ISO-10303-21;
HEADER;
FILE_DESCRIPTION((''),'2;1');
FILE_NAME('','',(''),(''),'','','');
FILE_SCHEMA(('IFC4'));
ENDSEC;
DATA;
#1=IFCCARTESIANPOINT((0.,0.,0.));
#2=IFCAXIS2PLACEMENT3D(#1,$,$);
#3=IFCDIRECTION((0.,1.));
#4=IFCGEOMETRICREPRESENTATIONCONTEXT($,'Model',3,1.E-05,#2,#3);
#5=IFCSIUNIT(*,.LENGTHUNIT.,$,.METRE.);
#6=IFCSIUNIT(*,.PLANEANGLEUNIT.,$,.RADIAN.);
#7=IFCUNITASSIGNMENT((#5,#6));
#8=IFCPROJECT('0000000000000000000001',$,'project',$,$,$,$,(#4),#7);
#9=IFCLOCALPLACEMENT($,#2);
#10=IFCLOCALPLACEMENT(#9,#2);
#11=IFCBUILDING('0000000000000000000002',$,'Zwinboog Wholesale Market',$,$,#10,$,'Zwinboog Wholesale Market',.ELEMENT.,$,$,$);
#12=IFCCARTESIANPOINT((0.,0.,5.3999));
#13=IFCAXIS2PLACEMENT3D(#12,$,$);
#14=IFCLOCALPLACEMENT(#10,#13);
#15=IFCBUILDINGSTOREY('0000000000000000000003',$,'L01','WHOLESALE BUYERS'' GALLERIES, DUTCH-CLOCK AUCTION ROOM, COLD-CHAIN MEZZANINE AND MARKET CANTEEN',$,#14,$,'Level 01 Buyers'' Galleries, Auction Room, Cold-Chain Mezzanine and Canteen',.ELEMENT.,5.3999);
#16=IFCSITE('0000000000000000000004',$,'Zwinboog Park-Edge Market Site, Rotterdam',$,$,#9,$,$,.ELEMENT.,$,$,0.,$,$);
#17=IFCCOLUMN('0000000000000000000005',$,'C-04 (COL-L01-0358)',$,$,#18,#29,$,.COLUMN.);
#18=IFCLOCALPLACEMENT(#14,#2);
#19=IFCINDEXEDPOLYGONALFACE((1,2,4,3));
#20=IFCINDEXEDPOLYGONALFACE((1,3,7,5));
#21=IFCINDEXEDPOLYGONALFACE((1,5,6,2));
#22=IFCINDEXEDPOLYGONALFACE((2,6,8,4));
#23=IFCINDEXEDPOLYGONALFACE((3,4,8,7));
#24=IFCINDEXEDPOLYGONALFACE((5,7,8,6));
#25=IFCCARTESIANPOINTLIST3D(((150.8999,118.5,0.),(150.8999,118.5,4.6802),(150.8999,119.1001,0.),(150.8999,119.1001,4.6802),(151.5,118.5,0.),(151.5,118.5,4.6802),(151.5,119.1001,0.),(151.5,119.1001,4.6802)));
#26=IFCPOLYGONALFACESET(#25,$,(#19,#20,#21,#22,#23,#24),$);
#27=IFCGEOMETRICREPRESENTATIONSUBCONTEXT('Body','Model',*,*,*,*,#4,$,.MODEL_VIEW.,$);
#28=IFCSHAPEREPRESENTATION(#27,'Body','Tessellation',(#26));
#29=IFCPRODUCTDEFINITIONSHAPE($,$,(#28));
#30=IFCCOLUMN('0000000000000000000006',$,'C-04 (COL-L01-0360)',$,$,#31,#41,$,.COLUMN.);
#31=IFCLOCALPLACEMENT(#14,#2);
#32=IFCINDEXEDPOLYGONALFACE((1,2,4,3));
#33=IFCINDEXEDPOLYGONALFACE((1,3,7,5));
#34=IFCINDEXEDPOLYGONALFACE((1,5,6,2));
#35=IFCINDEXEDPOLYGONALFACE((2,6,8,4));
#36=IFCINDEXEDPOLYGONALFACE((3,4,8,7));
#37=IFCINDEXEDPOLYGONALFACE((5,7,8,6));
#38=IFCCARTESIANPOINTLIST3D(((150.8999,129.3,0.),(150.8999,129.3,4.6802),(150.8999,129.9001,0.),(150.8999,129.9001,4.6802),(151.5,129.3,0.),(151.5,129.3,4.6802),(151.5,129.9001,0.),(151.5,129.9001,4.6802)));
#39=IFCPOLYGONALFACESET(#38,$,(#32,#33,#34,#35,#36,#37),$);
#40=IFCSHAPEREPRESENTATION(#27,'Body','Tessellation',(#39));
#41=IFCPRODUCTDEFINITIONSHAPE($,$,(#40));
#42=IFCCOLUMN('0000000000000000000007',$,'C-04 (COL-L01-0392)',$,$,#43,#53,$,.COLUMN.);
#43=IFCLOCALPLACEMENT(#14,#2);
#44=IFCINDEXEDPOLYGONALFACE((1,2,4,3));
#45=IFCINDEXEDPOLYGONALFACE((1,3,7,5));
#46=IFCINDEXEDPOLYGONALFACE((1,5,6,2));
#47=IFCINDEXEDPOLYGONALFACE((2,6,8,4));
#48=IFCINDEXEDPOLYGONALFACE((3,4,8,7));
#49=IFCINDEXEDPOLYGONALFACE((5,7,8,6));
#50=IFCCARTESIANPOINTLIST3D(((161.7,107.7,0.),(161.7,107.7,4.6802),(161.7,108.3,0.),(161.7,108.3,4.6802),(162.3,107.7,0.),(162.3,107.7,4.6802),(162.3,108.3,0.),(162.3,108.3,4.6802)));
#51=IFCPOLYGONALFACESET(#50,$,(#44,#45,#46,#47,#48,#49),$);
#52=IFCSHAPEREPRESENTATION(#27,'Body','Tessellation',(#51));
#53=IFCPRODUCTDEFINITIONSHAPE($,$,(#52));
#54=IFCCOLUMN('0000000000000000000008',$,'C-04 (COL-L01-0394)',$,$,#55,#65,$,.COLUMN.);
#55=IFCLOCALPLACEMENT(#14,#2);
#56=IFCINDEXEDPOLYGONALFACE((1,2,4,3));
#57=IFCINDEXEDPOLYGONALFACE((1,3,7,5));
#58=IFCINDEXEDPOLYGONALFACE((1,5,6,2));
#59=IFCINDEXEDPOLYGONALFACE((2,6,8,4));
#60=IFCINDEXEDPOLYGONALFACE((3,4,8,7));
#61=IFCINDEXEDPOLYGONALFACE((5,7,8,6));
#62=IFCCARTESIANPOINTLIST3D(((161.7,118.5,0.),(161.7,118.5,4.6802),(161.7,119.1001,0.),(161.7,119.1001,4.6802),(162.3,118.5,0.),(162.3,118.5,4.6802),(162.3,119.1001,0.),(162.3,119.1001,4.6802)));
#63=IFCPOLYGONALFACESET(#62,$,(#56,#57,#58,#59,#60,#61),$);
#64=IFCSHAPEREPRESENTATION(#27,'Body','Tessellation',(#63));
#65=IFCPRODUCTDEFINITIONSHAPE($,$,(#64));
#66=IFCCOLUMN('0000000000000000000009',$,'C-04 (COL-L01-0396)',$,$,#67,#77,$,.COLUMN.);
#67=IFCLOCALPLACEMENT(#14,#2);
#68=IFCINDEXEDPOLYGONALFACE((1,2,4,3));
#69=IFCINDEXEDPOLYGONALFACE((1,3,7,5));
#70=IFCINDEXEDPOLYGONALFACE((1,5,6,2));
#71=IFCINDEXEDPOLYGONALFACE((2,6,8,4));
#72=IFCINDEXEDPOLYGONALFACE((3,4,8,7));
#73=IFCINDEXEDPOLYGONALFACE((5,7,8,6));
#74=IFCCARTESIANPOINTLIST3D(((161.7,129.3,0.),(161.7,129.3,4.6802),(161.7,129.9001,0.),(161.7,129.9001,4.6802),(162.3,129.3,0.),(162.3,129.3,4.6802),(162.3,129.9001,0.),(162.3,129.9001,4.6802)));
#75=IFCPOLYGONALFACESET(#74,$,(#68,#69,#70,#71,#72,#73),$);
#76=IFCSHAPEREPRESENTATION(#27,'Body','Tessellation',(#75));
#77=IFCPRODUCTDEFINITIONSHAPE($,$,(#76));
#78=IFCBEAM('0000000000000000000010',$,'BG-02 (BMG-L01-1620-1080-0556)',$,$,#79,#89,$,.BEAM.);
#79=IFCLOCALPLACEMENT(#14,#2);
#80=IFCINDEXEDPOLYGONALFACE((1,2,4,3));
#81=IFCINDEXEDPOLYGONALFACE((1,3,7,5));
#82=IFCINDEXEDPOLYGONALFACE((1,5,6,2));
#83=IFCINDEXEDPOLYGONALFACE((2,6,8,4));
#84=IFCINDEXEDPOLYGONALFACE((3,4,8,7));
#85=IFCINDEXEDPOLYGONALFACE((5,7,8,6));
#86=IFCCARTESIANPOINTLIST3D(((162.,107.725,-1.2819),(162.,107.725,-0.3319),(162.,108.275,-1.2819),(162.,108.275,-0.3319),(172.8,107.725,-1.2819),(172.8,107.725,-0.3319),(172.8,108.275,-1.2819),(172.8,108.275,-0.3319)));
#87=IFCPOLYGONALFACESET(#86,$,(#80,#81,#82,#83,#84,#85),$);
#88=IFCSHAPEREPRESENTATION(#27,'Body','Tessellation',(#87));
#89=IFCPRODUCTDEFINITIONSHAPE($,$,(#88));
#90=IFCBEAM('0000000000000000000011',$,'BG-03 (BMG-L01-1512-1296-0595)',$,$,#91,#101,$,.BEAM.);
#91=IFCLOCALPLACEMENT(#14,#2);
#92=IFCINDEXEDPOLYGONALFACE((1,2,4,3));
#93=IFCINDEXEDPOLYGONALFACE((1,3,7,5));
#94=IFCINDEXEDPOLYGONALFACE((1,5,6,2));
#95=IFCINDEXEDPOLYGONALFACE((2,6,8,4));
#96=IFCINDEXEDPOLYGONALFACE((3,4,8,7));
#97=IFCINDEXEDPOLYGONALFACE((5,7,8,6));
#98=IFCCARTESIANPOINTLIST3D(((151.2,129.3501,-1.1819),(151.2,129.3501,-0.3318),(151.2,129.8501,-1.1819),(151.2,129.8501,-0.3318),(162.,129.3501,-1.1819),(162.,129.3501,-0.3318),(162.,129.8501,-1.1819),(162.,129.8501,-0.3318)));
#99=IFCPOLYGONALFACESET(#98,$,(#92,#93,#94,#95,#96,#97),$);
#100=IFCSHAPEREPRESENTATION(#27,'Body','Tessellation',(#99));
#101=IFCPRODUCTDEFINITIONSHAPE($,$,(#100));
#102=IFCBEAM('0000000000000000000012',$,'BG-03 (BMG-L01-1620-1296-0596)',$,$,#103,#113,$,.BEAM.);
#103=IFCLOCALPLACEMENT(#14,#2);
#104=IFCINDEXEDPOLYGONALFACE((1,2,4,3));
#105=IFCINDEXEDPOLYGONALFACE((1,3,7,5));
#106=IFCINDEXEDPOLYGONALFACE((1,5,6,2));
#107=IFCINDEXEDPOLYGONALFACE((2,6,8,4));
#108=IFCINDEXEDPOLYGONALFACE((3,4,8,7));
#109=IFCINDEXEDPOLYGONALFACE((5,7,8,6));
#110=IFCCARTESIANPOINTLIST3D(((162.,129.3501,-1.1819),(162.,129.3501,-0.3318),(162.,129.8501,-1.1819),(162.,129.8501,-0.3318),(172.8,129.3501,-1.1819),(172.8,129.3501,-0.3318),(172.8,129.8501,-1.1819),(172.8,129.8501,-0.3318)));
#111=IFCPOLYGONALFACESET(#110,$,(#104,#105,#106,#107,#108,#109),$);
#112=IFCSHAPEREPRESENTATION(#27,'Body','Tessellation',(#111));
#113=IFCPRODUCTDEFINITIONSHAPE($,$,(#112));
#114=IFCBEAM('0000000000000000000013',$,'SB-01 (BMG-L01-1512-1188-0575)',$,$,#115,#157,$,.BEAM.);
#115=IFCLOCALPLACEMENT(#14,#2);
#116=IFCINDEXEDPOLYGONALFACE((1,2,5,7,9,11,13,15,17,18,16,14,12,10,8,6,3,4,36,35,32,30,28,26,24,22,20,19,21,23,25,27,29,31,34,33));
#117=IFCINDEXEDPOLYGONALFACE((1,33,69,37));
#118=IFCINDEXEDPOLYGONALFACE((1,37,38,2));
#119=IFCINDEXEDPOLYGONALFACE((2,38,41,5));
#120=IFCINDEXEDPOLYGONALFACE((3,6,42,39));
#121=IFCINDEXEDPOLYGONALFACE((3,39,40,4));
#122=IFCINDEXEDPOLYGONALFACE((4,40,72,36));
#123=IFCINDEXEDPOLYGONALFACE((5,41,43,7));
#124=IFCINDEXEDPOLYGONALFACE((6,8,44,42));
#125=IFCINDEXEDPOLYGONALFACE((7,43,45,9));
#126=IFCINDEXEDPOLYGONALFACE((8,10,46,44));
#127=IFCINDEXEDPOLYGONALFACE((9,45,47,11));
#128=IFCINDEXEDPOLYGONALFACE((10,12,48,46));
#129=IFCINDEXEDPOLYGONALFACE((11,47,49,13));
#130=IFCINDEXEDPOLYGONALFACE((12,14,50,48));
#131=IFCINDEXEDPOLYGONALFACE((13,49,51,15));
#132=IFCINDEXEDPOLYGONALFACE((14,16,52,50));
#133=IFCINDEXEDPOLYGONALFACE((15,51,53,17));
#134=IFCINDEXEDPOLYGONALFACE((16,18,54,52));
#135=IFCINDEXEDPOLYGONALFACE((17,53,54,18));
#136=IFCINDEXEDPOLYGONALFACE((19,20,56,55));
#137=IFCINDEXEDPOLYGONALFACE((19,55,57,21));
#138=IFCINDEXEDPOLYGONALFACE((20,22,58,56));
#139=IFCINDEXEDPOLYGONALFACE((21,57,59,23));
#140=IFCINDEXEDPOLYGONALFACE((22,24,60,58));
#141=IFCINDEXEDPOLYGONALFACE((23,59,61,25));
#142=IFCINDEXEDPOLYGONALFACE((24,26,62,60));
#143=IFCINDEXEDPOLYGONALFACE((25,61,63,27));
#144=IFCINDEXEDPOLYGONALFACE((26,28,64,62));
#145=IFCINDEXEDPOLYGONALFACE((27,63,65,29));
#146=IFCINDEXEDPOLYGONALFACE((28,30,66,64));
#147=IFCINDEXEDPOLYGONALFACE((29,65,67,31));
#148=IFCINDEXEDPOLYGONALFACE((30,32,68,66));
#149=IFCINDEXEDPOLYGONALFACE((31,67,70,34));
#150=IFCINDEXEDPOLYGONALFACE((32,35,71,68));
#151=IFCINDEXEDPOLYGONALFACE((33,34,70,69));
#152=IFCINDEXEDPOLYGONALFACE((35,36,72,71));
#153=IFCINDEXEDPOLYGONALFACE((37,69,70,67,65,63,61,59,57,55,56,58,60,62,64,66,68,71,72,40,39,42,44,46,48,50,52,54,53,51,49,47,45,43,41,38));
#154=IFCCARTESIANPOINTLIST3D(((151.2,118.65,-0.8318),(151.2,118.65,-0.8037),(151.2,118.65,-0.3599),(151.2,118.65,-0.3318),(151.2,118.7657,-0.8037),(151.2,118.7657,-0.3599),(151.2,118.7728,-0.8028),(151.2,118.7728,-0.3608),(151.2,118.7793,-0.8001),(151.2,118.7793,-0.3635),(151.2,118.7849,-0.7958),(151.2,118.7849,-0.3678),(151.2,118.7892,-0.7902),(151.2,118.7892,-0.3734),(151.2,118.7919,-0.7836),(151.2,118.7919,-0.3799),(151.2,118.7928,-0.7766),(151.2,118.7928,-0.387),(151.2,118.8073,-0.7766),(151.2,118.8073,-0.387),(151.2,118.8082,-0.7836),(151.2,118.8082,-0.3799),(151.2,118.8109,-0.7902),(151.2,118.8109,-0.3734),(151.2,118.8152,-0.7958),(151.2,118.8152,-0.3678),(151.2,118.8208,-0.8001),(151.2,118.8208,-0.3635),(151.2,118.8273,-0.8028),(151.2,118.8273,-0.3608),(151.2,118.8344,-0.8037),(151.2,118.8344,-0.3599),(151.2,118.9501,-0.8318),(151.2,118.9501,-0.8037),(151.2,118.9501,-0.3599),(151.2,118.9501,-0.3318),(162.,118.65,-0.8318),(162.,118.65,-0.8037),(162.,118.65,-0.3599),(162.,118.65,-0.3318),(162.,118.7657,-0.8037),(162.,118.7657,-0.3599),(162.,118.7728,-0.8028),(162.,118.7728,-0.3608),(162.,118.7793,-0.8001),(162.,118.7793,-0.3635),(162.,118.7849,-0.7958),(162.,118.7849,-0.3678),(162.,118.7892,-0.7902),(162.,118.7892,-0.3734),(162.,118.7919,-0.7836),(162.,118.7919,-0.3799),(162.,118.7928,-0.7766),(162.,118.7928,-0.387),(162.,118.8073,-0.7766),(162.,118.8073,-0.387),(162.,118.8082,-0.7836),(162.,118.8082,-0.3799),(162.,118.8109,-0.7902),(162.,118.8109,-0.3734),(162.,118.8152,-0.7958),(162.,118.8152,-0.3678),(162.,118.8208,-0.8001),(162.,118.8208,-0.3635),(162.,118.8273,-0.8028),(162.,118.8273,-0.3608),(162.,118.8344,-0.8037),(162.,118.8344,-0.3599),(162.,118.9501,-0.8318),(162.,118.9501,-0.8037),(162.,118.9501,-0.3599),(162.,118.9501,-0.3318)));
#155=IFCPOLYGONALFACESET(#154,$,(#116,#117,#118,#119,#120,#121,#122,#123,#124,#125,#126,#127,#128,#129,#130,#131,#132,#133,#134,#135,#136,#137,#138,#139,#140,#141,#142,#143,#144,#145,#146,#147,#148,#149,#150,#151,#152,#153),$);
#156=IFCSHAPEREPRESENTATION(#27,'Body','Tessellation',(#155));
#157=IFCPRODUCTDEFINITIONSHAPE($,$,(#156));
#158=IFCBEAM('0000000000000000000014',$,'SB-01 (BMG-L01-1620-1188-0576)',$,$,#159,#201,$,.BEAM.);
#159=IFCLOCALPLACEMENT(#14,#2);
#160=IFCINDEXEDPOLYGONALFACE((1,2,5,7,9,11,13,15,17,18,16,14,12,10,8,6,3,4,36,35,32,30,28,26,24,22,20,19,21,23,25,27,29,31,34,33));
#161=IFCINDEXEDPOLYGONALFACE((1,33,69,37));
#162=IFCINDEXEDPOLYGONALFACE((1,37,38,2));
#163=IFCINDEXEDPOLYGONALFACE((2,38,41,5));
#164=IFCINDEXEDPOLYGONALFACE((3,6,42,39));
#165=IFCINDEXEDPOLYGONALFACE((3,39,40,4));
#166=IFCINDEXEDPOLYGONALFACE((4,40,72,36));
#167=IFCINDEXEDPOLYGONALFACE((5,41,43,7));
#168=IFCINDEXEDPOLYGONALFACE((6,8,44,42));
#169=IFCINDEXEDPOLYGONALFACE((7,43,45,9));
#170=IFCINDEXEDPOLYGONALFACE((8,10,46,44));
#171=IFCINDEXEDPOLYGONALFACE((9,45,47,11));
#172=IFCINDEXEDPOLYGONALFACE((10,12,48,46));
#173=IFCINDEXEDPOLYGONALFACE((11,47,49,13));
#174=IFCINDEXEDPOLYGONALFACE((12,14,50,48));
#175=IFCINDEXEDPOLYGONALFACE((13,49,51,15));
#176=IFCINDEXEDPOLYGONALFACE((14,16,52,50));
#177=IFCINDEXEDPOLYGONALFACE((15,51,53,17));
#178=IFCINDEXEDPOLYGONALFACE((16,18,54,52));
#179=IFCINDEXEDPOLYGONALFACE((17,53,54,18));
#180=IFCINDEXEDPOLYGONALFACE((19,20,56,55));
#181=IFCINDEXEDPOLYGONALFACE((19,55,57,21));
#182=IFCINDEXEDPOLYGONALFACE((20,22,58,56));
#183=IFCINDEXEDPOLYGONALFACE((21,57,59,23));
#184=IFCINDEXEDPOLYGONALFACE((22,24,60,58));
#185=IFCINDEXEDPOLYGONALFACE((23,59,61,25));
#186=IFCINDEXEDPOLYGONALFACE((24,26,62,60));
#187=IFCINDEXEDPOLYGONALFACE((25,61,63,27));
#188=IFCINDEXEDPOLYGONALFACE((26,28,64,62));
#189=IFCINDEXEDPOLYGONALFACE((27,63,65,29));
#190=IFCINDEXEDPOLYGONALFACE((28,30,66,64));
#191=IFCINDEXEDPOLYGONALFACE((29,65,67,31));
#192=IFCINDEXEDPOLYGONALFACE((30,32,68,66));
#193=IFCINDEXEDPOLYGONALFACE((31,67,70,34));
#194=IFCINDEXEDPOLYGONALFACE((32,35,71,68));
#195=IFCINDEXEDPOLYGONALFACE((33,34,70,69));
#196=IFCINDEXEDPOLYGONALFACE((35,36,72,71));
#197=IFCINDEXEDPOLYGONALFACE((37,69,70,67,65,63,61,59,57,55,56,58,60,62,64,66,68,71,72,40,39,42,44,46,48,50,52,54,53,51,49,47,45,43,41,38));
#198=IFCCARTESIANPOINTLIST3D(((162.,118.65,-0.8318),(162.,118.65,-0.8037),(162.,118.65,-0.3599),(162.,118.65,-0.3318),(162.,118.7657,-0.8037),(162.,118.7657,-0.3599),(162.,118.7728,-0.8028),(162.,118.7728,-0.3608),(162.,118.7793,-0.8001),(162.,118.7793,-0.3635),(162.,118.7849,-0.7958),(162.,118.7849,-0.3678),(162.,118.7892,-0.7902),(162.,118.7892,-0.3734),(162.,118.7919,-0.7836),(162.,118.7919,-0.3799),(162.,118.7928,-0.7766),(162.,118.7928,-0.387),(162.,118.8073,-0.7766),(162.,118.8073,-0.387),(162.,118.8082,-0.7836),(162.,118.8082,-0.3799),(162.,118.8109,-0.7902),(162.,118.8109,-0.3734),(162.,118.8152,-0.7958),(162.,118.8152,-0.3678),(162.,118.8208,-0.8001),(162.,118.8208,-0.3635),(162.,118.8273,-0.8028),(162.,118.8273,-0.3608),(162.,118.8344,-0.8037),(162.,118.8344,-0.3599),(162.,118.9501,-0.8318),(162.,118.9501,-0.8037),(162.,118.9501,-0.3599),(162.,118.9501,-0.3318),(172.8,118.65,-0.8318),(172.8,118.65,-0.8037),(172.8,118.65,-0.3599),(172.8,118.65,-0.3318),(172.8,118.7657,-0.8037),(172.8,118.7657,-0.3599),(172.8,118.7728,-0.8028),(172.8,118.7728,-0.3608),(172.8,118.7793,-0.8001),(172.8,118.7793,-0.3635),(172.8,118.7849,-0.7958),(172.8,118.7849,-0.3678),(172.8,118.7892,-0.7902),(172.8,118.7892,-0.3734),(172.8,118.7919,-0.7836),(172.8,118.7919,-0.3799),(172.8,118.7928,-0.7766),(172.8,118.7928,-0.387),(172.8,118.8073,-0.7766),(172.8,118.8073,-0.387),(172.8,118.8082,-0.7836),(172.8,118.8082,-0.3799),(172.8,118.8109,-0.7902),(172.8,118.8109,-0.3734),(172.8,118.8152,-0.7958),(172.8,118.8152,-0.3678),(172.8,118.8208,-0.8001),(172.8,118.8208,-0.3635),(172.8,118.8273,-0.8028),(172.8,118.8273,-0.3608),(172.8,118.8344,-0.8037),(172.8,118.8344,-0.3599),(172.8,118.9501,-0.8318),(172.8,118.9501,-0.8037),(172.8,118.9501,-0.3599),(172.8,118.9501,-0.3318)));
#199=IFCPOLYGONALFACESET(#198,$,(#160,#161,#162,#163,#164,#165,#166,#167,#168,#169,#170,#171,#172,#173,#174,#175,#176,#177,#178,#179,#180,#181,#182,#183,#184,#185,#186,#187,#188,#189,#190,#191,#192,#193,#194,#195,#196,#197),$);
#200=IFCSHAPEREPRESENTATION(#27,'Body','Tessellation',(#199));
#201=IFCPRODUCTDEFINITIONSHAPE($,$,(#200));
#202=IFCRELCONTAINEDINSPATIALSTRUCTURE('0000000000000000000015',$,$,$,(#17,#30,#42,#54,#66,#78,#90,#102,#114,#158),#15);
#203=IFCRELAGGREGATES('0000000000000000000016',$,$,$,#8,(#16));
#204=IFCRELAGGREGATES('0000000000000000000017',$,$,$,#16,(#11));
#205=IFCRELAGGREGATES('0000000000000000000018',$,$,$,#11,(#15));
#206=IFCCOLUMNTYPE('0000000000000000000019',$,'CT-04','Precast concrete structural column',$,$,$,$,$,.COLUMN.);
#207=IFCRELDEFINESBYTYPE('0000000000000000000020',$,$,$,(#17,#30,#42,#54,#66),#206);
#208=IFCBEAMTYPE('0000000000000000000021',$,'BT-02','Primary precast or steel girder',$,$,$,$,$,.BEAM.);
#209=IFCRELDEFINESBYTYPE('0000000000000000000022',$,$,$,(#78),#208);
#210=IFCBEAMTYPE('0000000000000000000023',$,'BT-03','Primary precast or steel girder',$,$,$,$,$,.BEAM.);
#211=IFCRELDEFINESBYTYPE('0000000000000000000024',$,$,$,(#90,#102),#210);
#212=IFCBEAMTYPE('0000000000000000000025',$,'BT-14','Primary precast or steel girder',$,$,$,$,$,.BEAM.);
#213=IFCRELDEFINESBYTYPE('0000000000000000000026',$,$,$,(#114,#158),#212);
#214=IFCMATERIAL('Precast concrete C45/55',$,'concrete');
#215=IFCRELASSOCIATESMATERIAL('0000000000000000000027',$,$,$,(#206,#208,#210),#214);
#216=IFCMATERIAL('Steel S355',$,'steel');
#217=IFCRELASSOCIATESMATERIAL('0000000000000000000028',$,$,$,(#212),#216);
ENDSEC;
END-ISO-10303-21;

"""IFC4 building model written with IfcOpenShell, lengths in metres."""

from ifc_helpers import new_model, si_unit, direction, frame, origin, origin_2d, place, context, subcontext, project, spatial, rectangle, i_section, extrude, material, material_profile, profile_set, type_object, element, save


model = new_model("IFC4")

# Units and contexts
model_context = context("Model", 3, precision=1e-05, world=origin(), true_north=direction((0.0, 1.0)))
body_context = subcontext(model_context, "Body", "Model", "MODEL_VIEW")
ifc_project = project(units=[si_unit("LENGTHUNIT", "METRE"), si_unit("PLANEANGLEUNIT", "RADIAN")], contexts=[model_context])

# Site, building, storey
site_placement = place(None, origin())
site = spatial("IfcSite", under=ifc_project, at=site_placement, Name="Zwinboog Park-Edge Market Site, Rotterdam", CompositionType="ELEMENT", RefElevation=0.0)
building_placement = place(site_placement, origin())
building = spatial("IfcBuilding", under=site, at=building_placement, Name="Zwinboog Wholesale Market", LongName="Zwinboog Wholesale Market", CompositionType="ELEMENT")
storey_placement = place(building_placement, frame((0.0, 0.0, 5.3999)))
storey = spatial("IfcBuildingStorey", under=building, at=storey_placement, Name="L01", Description="WHOLESALE BUYERS' GALLERIES, DUTCH-CLOCK AUCTION ROOM, COLD-CHAIN MEZZANINE AND MARKET CANTEEN", LongName="Level 01 Buyers' Galleries, Auction Room, Cold-Chain Mezzanine and Canteen", CompositionType="ELEMENT", Elevation=5.3999)

# Columns
ifc_material_1 = material(Name="Precast concrete C45/55", Category="concrete")
ifc_material_profile_1 = material_profile(ifc_material_1, rectangle(XDim=0.6001, YDim=0.6001, at=origin_2d()), Name="PC 600x600")
ifc_profile_set_1 = profile_set([ifc_material_profile_1], Name="Precast concrete C45/55")
column_type = type_object("IfcColumnType", Name="CT-04", Description="Precast concrete structural column", PredefinedType="COLUMN", material=ifc_profile_set_1)
for number, where, z_axis, x_axis, name in (
    (1, (151.2, 118.8, 0.0), (0.0, 0.0, 1.0), (1.0, 0.0, 0.0), "C-04 (COL-L01-0358)"),
    (2, (151.2, 129.6001, 0.0), (0.0, 0.0, 1.0), (1.0, 0.0, 0.0), "C-04 (COL-L01-0360)"),
    (3, (162.0, 108.0, 0.0), (0.0, 0.0, 1.0), (1.0, 0.0, 0.0), "C-04 (COL-L01-0392)"),
    (4, (162.0, 118.8, 0.0), (0.0, 0.0, 1.0), (1.0, 0.0, 0.0), "C-04 (COL-L01-0394)"),
    (5, (162.0, 129.6001, 0.0), (0.0, 0.0, 1.0), (1.0, 0.0, 0.0), "C-04 (COL-L01-0396)"),
):
    element("IfcColumn", number, at=place(storey_placement, frame(where, z_axis=z_axis, x_axis=x_axis)), inside=storey, type_object=column_type, Name=name, PredefinedType="COLUMN", context=body_context, shape_type="SweptSolid", body=[
        extrude(rectangle(XDim=0.6001, YDim=0.6001, at=origin_2d()), origin(), (0.0, 0.0, 1.0), 4.6802),
    ])

# Beams
ifc_material_profile_2 = material_profile(ifc_material_1, rectangle(XDim=0.55, YDim=0.95, at=origin_2d()), Name="PC 550x950")
ifc_profile_set_2 = profile_set([ifc_material_profile_2], Name="Precast concrete C45/55")
beam_type_1 = type_object("IfcBeamType", Name="BT-02", Description="Primary precast or steel girder", PredefinedType="BEAM", material=ifc_profile_set_2)
beam_1_placement = place(storey_placement, frame((162.0, 108.0, -0.8069), z_axis=(1.0, 0.0, 0.0), x_axis=(0.0, 1.0, 0.0)))
element("IfcBeam", 6, at=beam_1_placement, inside=storey, type_object=beam_type_1, Name="BG-02 (BMG-L01-1620-1080-0556)", PredefinedType="BEAM", context=body_context, shape_type="SweptSolid", body=[
    extrude(rectangle(XDim=0.55, YDim=0.95, at=origin_2d()), origin(), (0.0, 0.0, 1.0), 10.8),
])
ifc_material_profile_3 = material_profile(ifc_material_1, rectangle(XDim=0.5, YDim=0.8501, at=origin_2d()), Name="PC 500x850")
ifc_profile_set_3 = profile_set([ifc_material_profile_3], Name="Precast concrete C45/55")
beam_type_2 = type_object("IfcBeamType", Name="BT-03", Description="Primary precast or steel girder", PredefinedType="BEAM", material=ifc_profile_set_3)
for number, where, z_axis, x_axis, name in (
    (7, (151.2, 129.6001, -0.7568), (1.0, 0.0, 0.0), (0.0, 1.0, 0.0), "BG-03 (BMG-L01-1512-1296-0595)"),
    (8, (162.0, 129.6001, -0.7568), (1.0, 0.0, 0.0), (0.0, 1.0, 0.0), "BG-03 (BMG-L01-1620-1296-0596)"),
):
    element("IfcBeam", number, at=place(storey_placement, frame(where, z_axis=z_axis, x_axis=x_axis)), inside=storey, type_object=beam_type_2, Name=name, PredefinedType="BEAM", context=body_context, shape_type="SweptSolid", body=[
        extrude(rectangle(XDim=0.5, YDim=0.8501, at=origin_2d()), origin(), (0.0, 0.0, 1.0), 10.8),
    ])
ifc_material_2 = material(Name="Steel S355", Category="steel")
ifc_material_profile_4 = material_profile(ifc_material_2, i_section(OverallWidth=0.3, OverallDepth=0.5, WebThickness=0.0144, FlangeThickness=0.0281, FilletRadius=0.0271, at=origin_2d()), Name="HEB 500")
ifc_profile_set_4 = profile_set([ifc_material_profile_4], Name="Steel S355")
beam_type_3 = type_object("IfcBeamType", Name="BT-14", Description="Primary precast or steel girder", PredefinedType="BEAM", material=ifc_profile_set_4)
for number, where, z_axis, x_axis, name in (
    (9, (151.2, 118.8, -0.5818), (1.0, 0.0, 0.0), (0.0, 1.0, 0.0), "SB-01 (BMG-L01-1512-1188-0575)"),
    (10, (162.0, 118.8, -0.5818), (1.0, 0.0, 0.0), (0.0, 1.0, 0.0), "SB-01 (BMG-L01-1620-1188-0576)"),
):
    element("IfcBeam", number, at=place(storey_placement, frame(where, z_axis=z_axis, x_axis=x_axis)), inside=storey, type_object=beam_type_3, Name=name, PredefinedType="BEAM", context=body_context, shape_type="SweptSolid", body=[
        extrude(i_section(OverallWidth=0.3, OverallDepth=0.5, WebThickness=0.0144, FlangeThickness=0.0281, FilletRadius=0.0271, at=origin_2d()), origin(), (0.0, 0.0, 1.0), 10.8),
    ])

save(model, "model.ifc")
